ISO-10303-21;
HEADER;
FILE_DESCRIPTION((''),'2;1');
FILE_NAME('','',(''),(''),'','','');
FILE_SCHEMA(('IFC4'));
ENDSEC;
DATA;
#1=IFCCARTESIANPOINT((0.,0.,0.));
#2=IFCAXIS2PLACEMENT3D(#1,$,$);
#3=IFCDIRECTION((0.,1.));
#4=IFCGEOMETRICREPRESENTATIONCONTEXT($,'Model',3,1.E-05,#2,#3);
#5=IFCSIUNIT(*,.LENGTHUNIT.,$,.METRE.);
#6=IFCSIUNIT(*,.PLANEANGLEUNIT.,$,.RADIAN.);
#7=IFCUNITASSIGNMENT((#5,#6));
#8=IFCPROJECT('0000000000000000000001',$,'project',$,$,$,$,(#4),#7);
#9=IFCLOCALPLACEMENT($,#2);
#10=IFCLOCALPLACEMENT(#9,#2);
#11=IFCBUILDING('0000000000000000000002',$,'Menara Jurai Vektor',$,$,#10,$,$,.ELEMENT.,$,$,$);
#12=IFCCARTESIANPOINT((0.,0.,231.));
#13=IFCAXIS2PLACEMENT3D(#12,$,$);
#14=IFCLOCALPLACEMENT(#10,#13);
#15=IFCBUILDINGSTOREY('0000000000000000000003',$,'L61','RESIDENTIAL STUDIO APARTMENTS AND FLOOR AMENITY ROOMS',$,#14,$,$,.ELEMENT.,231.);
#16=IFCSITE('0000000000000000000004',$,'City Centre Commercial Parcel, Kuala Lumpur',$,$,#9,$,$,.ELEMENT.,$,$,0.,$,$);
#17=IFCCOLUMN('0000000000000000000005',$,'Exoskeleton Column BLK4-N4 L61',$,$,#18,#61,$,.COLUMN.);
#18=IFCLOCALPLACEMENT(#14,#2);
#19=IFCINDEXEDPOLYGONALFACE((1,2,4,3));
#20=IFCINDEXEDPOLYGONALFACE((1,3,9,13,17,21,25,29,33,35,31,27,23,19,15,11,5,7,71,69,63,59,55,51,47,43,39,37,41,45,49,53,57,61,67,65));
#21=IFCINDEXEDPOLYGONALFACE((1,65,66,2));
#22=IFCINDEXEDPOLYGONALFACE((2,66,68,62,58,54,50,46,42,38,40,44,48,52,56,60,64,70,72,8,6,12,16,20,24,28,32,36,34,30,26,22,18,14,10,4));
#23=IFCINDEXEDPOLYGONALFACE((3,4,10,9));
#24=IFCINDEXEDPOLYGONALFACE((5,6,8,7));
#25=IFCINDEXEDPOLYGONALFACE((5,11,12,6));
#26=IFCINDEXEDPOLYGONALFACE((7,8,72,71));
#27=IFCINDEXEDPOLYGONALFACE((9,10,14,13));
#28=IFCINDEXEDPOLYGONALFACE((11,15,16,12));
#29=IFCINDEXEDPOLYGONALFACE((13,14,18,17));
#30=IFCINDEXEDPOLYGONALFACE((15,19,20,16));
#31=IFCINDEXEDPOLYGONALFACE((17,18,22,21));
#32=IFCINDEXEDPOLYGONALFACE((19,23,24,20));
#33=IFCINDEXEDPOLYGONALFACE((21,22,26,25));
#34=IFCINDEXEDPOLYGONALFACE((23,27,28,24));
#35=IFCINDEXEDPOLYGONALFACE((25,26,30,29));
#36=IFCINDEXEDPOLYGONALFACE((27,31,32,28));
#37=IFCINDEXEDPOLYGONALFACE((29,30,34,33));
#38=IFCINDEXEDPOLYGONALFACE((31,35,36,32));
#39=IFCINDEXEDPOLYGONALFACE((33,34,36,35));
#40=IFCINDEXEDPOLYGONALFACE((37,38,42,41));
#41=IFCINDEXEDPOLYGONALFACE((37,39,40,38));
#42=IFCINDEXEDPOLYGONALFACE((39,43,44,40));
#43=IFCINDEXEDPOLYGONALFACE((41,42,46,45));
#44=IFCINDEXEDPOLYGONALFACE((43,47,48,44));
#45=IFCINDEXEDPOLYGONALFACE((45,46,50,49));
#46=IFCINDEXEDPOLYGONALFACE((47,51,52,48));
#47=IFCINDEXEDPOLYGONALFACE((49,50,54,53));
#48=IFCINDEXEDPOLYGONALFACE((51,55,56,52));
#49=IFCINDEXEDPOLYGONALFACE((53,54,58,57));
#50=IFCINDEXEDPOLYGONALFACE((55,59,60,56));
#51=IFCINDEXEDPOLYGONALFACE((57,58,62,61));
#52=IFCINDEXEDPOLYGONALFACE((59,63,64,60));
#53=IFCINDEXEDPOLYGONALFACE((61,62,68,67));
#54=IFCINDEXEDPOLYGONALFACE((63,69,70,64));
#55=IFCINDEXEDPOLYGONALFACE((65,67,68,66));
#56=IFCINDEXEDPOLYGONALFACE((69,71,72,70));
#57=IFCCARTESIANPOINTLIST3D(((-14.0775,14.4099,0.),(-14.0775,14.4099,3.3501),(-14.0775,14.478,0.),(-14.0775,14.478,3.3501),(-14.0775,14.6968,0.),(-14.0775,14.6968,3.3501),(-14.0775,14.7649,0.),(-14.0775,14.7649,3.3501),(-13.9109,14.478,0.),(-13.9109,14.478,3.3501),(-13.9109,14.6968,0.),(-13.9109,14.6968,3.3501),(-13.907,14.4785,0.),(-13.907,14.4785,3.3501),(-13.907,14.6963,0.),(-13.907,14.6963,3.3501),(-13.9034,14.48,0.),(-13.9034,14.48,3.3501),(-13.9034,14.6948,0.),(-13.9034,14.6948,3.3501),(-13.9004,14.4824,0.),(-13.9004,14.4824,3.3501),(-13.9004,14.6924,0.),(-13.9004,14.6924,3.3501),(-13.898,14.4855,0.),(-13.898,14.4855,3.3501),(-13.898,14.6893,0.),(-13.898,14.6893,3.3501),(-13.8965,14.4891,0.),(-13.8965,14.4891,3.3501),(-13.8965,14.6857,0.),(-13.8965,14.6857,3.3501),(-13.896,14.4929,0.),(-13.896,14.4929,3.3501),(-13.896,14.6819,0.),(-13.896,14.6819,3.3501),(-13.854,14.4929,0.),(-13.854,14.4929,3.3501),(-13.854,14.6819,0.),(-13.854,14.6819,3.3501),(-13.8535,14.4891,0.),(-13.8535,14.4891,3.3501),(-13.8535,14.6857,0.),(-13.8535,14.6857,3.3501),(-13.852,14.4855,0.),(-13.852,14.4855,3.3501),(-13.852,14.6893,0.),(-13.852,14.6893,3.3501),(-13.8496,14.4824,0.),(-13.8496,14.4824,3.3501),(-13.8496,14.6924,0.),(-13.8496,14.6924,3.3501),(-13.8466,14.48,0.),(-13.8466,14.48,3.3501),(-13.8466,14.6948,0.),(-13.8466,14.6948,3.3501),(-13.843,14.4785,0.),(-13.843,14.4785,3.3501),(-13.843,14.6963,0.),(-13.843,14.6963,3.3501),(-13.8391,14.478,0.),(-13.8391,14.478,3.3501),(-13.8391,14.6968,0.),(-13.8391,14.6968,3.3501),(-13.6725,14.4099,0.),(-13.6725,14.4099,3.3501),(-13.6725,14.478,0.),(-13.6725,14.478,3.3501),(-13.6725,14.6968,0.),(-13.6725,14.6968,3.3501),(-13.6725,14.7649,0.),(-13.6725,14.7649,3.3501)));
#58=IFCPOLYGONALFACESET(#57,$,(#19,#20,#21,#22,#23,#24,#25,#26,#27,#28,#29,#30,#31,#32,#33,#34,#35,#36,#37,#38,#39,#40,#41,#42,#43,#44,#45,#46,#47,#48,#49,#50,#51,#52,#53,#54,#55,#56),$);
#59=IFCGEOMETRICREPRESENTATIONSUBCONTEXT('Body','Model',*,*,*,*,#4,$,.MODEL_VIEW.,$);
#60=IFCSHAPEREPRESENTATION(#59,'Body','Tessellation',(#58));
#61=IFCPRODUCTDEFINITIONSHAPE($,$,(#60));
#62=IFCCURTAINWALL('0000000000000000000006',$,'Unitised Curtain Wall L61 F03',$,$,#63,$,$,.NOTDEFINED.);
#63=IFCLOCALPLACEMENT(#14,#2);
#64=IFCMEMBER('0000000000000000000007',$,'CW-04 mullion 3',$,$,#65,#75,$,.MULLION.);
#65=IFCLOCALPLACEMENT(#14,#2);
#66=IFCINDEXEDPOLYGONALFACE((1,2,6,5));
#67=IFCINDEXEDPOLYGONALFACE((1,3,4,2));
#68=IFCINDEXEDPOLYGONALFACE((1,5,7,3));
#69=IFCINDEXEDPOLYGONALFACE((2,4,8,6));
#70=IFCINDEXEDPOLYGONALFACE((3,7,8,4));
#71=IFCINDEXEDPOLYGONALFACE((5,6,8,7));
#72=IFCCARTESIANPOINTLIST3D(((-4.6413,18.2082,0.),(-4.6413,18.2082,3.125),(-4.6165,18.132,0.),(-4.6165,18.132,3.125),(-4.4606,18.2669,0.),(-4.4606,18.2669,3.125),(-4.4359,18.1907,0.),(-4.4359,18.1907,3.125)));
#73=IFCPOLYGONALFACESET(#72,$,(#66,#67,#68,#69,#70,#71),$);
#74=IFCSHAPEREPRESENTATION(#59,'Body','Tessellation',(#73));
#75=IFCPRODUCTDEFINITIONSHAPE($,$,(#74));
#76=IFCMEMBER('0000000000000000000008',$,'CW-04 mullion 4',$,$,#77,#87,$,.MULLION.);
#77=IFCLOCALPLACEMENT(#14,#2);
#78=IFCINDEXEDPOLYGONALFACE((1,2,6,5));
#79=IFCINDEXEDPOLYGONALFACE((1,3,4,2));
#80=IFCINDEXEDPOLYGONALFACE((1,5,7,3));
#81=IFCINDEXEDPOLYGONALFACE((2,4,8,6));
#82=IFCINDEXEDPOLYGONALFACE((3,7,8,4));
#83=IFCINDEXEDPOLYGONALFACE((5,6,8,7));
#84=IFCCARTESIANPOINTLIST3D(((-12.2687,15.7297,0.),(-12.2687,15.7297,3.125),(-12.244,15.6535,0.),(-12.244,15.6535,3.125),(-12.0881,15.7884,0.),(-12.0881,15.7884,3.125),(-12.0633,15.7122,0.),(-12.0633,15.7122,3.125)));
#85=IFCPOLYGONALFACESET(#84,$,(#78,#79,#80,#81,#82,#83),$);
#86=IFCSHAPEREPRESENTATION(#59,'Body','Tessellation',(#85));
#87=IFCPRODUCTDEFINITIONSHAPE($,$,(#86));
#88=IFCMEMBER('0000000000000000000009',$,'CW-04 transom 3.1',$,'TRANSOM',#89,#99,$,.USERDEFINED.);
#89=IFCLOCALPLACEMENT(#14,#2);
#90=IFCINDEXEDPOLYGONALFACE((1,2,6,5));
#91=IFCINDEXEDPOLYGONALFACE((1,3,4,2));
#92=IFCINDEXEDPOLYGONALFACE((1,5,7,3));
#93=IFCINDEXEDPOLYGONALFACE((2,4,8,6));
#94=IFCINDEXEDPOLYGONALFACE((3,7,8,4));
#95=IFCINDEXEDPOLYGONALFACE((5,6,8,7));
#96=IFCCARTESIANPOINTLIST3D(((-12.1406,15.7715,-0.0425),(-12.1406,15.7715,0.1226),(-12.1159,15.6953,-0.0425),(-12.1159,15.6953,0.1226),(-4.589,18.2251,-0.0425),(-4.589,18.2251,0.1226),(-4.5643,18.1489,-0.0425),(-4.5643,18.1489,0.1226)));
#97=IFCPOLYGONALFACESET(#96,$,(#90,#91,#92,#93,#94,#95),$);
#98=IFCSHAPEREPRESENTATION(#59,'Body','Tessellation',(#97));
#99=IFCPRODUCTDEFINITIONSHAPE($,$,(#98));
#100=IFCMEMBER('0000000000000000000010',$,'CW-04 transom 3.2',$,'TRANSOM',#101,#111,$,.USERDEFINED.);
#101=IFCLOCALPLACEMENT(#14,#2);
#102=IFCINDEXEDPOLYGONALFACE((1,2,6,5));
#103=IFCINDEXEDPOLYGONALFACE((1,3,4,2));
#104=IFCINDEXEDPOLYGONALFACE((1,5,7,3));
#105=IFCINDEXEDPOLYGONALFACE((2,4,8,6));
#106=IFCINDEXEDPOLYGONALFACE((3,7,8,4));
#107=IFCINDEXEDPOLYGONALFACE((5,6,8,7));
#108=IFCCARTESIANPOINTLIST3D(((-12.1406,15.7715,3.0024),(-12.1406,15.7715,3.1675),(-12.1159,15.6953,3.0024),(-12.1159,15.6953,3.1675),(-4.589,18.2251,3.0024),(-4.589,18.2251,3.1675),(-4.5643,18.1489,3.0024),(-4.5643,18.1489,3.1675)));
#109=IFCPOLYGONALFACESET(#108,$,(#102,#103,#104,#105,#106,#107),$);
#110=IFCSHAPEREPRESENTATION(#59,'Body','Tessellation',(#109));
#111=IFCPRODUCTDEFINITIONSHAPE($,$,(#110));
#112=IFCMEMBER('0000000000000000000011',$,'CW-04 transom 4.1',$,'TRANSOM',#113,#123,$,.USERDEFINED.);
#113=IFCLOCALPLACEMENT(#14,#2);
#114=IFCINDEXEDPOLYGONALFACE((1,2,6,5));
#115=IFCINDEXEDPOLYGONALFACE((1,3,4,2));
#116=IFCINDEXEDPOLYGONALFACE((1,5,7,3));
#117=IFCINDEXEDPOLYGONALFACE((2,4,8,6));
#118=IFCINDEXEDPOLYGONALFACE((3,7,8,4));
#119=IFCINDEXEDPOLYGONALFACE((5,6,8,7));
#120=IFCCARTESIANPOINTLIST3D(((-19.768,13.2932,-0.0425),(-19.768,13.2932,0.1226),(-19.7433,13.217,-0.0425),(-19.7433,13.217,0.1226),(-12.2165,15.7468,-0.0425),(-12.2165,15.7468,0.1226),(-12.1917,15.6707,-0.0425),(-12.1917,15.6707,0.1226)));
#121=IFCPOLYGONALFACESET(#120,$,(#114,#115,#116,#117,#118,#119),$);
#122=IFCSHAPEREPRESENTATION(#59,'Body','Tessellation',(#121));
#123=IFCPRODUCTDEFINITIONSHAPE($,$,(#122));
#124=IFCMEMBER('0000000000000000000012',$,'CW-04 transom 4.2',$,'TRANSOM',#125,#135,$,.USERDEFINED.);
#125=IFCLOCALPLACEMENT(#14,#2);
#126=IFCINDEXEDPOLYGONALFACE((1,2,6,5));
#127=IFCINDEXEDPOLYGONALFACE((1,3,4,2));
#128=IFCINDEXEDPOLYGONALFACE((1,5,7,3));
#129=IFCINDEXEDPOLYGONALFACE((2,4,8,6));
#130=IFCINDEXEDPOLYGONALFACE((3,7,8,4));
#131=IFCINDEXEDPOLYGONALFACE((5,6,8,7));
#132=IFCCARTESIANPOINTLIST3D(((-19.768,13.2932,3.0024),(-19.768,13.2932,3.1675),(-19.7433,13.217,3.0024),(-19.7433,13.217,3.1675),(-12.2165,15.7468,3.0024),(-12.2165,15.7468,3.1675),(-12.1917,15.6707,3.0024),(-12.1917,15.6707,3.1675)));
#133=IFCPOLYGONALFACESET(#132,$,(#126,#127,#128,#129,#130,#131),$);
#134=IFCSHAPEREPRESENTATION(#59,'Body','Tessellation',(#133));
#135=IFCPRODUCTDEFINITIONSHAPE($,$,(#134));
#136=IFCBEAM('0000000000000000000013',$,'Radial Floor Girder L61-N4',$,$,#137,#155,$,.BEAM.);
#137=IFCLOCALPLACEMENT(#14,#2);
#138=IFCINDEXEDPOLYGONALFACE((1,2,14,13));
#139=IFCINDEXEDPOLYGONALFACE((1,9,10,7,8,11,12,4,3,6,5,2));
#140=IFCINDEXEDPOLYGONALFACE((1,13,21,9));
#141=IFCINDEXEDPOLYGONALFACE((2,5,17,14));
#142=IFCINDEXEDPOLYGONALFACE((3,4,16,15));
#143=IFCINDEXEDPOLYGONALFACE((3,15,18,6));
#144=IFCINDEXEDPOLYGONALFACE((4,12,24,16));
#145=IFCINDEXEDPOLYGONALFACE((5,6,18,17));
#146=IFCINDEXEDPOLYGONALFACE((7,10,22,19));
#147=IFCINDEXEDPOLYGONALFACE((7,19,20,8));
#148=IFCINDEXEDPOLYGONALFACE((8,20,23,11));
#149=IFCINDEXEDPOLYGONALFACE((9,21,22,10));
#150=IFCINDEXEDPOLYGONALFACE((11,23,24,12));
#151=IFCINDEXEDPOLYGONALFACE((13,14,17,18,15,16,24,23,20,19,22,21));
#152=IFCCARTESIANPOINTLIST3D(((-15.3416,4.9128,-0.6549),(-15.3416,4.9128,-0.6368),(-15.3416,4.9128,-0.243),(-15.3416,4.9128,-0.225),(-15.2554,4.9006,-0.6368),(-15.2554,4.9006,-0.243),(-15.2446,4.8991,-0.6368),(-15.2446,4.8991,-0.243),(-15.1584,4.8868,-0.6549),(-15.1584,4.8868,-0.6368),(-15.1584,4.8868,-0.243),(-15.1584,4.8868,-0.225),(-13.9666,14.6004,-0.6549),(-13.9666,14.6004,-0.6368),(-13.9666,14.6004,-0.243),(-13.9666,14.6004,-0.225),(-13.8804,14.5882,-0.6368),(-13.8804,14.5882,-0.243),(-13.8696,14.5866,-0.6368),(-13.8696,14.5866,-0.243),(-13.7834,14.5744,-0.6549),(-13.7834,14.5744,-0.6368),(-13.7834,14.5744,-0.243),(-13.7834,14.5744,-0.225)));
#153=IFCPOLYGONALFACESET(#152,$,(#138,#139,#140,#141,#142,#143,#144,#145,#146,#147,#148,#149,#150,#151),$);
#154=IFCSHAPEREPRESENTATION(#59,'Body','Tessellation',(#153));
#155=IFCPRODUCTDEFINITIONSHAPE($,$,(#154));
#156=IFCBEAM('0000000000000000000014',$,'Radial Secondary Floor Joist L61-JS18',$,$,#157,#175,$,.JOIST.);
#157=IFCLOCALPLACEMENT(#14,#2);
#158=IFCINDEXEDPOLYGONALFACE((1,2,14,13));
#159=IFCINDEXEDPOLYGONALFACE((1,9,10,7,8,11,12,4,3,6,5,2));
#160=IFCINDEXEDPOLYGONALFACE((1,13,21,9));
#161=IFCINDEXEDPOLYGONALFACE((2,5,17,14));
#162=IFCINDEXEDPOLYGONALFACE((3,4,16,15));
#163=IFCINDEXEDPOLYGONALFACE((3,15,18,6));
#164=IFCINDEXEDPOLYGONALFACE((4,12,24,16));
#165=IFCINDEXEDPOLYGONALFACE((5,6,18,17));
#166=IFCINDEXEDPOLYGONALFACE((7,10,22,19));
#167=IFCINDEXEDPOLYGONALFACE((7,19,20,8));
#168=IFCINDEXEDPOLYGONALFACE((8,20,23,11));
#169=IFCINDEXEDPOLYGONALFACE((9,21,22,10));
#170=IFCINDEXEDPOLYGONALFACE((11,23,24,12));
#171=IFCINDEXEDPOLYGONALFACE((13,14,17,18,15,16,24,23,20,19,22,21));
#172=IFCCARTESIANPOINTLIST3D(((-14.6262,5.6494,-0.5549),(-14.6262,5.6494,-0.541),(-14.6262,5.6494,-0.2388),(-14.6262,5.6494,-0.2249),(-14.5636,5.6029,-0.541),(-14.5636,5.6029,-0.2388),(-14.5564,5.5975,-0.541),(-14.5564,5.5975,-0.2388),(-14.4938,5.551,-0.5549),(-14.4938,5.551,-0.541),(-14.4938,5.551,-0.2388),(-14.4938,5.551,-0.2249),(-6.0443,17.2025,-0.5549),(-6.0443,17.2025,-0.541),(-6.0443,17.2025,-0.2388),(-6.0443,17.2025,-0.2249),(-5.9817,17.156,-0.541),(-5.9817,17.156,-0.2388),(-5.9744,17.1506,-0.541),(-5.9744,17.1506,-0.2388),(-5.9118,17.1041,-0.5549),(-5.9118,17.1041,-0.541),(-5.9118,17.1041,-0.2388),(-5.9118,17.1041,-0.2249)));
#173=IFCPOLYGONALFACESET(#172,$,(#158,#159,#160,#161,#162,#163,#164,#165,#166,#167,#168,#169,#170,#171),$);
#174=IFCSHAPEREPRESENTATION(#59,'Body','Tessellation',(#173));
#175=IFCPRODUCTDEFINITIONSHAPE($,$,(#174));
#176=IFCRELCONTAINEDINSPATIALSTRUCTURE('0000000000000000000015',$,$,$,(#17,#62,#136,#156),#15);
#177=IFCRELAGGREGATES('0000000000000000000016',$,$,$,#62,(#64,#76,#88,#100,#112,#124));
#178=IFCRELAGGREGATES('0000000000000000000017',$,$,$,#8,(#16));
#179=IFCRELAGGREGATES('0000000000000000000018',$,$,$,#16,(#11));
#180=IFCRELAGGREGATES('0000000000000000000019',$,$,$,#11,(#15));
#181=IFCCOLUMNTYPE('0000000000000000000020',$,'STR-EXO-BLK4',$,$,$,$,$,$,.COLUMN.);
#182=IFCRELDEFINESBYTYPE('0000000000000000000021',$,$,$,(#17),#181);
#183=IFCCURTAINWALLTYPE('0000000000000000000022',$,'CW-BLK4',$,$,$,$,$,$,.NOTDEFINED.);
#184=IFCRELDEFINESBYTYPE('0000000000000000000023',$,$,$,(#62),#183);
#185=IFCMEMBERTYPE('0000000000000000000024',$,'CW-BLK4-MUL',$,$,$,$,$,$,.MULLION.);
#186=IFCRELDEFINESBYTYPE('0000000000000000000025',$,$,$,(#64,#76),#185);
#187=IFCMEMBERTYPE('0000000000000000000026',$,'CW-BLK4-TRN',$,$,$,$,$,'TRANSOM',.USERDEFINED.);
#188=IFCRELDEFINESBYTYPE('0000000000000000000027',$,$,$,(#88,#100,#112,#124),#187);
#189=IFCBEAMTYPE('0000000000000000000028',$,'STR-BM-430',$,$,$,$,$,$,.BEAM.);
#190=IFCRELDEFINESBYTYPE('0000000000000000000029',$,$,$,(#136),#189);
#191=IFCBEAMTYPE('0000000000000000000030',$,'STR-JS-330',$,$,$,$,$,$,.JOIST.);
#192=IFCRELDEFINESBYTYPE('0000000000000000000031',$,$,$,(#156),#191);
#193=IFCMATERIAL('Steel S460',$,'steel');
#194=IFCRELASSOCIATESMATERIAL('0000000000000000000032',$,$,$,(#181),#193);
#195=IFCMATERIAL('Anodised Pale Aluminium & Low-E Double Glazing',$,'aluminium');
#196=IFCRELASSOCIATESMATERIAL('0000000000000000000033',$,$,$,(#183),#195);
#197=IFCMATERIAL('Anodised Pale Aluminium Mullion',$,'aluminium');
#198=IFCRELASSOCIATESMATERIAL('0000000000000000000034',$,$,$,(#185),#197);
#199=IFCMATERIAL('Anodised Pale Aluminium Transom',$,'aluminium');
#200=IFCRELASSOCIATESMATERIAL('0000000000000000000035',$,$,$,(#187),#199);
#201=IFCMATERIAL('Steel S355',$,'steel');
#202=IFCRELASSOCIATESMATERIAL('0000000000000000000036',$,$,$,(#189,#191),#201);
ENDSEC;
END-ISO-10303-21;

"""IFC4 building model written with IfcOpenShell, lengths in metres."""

from ifc_helpers import new_model, si_unit, direction, frame, origin, origin_2d, place, context, subcontext, project, spatial, rectangle, i_section, extrude, material, material_profile, profile_set, type_object, element, aggregate, save


model = new_model("IFC4")

# Units and contexts
model_context = context("Model", 3, precision=1e-05, world=origin(), true_north=direction((0.0, 1.0)))
body_context = subcontext(model_context, "Body", "Model", "MODEL_VIEW")
ifc_project = project(units=[si_unit("LENGTHUNIT", "METRE"), si_unit("PLANEANGLEUNIT", "RADIAN")], contexts=[model_context])

# Site, building, storey
site_placement = place(None, origin())
site = spatial("IfcSite", under=ifc_project, at=site_placement, Name="City Centre Commercial Parcel, Kuala Lumpur", CompositionType="ELEMENT", RefElevation=0.0)
building_placement = place(site_placement, origin())
building = spatial("IfcBuilding", under=site, at=building_placement, Name="Menara Jurai Vektor", CompositionType="ELEMENT")
storey_placement = place(building_placement, frame((0.0, 0.0, 231.0)))
storey = spatial("IfcBuildingStorey", under=building, at=storey_placement, Name="L61", Description="RESIDENTIAL STUDIO APARTMENTS AND FLOOR AMENITY ROOMS", CompositionType="ELEMENT", Elevation=231.0)

# Column
ifc_material_1 = material(Name="Steel S460", Category="steel")
ifc_material_profile_1 = material_profile(ifc_material_1, i_section(OverallWidth=0.405, OverallDepth=0.355, WebThickness=0.042, FlangeThickness=0.0681, FilletRadius=0.0149, at=origin_2d()), Name="HD 400x551")
ifc_profile_set_1 = profile_set([ifc_material_profile_1], Name="Steel S460")
column_type = type_object("IfcColumnType", Name="STR-EXO-BLK4", PredefinedType="COLUMN", material=ifc_profile_set_1)
column_placement = place(storey_placement, frame((-13.875, 14.5874, 0.0), z_axis=(0.0, 0.0, 1.0), x_axis=(1.0, 0.0, 0.0)))
element("IfcColumn", 1, at=column_placement, inside=storey, type_object=column_type, Name="Exoskeleton Column BLK4-N4 L61", PredefinedType="COLUMN", context=body_context, shape_type="SweptSolid", body=[
    extrude(i_section(OverallWidth=0.405, OverallDepth=0.355, WebThickness=0.042, FlangeThickness=0.0681, FilletRadius=0.0149, at=origin_2d()), origin(), (0.0, 0.0, 1.0), 3.3501),
])

# Curtain wall, members
ifc_material_2 = material(Name="Anodised Pale Aluminium & Low-E Double Glazing", Category="aluminium")
curtain_wall_type = type_object("IfcCurtainWallType", Name="CW-BLK4", PredefinedType="NOTDEFINED", material=ifc_material_2)
curtain_wall_placement = place(storey_placement, origin())
curtain_wall = element("IfcCurtainWall", 2, at=curtain_wall_placement, inside=storey, type_object=curtain_wall_type, Name="Unitised Curtain Wall L61 F03", PredefinedType="NOTDEFINED")
ifc_material_3 = material(Name="Anodised Pale Aluminium Mullion", Category="aluminium")
ifc_material_profile_2 = material_profile(ifc_material_3, rectangle(XDim=0.0801, YDim=0.1899, at=origin_2d()), Name="ALU MUL 80x190")
ifc_profile_set_2 = profile_set([ifc_material_profile_2], Name="Anodised Pale Aluminium Mullion")
member_type_1 = type_object("IfcMemberType", Name="CW-BLK4-MUL", PredefinedType="MULLION", material=ifc_profile_set_2)
member_1_placement = place(storey_placement, frame((-4.5386, 18.1995, 0.0), z_axis=(0.0, 0.0, 1.0), x_axis=(0.309017, -0.951056, 0.0)))
member_1 = element("IfcMember", 3, at=member_1_placement, type_object=member_type_1, Name="CW-04 mullion 3", PredefinedType="MULLION", context=body_context, shape_type="SweptSolid", body=[
    extrude(rectangle(XDim=0.0801, YDim=0.1899, at=origin_2d()), origin(), (0.0, 0.0, 1.0), 3.125),
])
member_2_placement = place(storey_placement, frame((-12.166, 15.7209, 0.0), z_axis=(0.0, 0.0, 1.0), x_axis=(0.309017, -0.951056, 0.0)))
member_2 = element("IfcMember", 4, at=member_2_placement, type_object=member_type_1, Name="CW-04 mullion 4", PredefinedType="MULLION", context=body_context, shape_type="SweptSolid", body=[
    extrude(rectangle(XDim=0.0801, YDim=0.1899, at=origin_2d()), origin(), (0.0, 0.0, 1.0), 3.125),
])
ifc_material_4 = material(Name="Anodised Pale Aluminium Transom", Category="aluminium")
ifc_material_profile_3 = material_profile(ifc_material_4, rectangle(XDim=0.0801, YDim=0.165, at=origin_2d()), Name="ALU TRN 80x165")
ifc_profile_set_3 = profile_set([ifc_material_profile_3], Name="Anodised Pale Aluminium Transom")
member_type_2 = type_object("IfcMemberType", Name="CW-BLK4-TRN", ElementType="TRANSOM", PredefinedType="USERDEFINED", material=ifc_profile_set_3)
member_3_placement = place(storey_placement, frame((-4.5767, 18.187, 0.04), z_axis=(-0.951057, -0.309014, 0.0), x_axis=(0.309014, -0.951057, 0.0)))
member_3 = element("IfcMember", 5, at=member_3_placement, type_object=member_type_2, Name="CW-04 transom 3.1", ObjectType="TRANSOM", PredefinedType="USERDEFINED", context=body_context, shape_type="SweptSolid", body=[
    extrude(rectangle(XDim=0.0801, YDim=0.165, at=origin_2d()), origin(), (0.0, 0.0, 1.0), 7.9402),
])
member_4_placement = place(storey_placement, frame((-4.5767, 18.187, 3.085), z_axis=(-0.951057, -0.309014, 0.0), x_axis=(0.309014, -0.951057, 0.0)))
member_4 = element("IfcMember", 6, at=member_4_placement, type_object=member_type_2, Name="CW-04 transom 3.2", ObjectType="TRANSOM", PredefinedType="USERDEFINED", context=body_context, shape_type="SweptSolid", body=[
    extrude(rectangle(XDim=0.0801, YDim=0.165, at=origin_2d()), origin(), (0.0, 0.0, 1.0), 7.9402),
])
member_5_placement = place(storey_placement, frame((-12.2041, 15.7087, 0.04), z_axis=(-0.951057, -0.309014, 0.0), x_axis=(0.309014, -0.951057, 0.0)))
member_5 = element("IfcMember", 7, at=member_5_placement, type_object=member_type_2, Name="CW-04 transom 4.1", ObjectType="TRANSOM", PredefinedType="USERDEFINED", context=body_context, shape_type="SweptSolid", body=[
    extrude(rectangle(XDim=0.0801, YDim=0.165, at=origin_2d()), origin(), (0.0, 0.0, 1.0), 7.9402),
])
member_6_placement = place(storey_placement, frame((-12.2041, 15.7087, 3.085), z_axis=(-0.951057, -0.309014, 0.0), x_axis=(0.309014, -0.951057, 0.0)))
member_6 = element("IfcMember", 8, at=member_6_placement, type_object=member_type_2, Name="CW-04 transom 4.2", ObjectType="TRANSOM", PredefinedType="USERDEFINED", context=body_context, shape_type="SweptSolid", body=[
    extrude(rectangle(XDim=0.0801, YDim=0.165, at=origin_2d()), origin(), (0.0, 0.0, 1.0), 7.9402),
])

# Beams
ifc_material_5 = material(Name="Steel S355", Category="steel")
ifc_material_profile_4 = material_profile(ifc_material_5, i_section(OverallWidth=0.1851, OverallDepth=0.4299, WebThickness=0.011, FlangeThickness=0.0181, at=origin_2d()), Name="PG 430x185x76")
ifc_profile_set_4 = profile_set([ifc_material_profile_4], Name="Steel S355")
beam_type_1 = type_object("IfcBeamType", Name="STR-BM-430", PredefinedType="BEAM", material=ifc_profile_set_4)
beam_1_placement = place(storey_placement, frame((-13.875, 14.5874, -0.4399), z_axis=(-0.140527, -0.990077, 0.0), x_axis=(0.990077, -0.140527, 0.0)))
element("IfcBeam", 9, at=beam_1_placement, inside=storey, type_object=beam_type_1, Name="Radial Floor Girder L61-N4", PredefinedType="BEAM", context=body_context, shape_type="SweptSolid", body=[
    extrude(i_section(OverallWidth=0.1851, OverallDepth=0.4299, WebThickness=0.011, FlangeThickness=0.0181, at=origin_2d()), origin(), (0.0, 0.0, 1.0), 9.7847),
])
ifc_material_profile_5 = material_profile(ifc_material_5, i_section(OverallWidth=0.165, OverallDepth=0.3301, WebThickness=0.009, FlangeThickness=0.0139, at=origin_2d()), Name="PG 330x165x46")
ifc_profile_set_5 = profile_set([ifc_material_profile_5], Name="Steel S355")
beam_type_2 = type_object("IfcBeamType", Name="STR-JS-330", PredefinedType="JOIST", material=ifc_profile_set_5)
beam_2_placement = place(storey_placement, frame((-5.978, 17.1533, -0.3899), z_axis=(-0.596308, -0.802756, 0.0), x_axis=(0.802756, -0.596308, 0.0)))
element("IfcBeam", 10, at=beam_2_placement, inside=storey, type_object=beam_type_2, Name="Radial Secondary Floor Joist L61-JS18", PredefinedType="JOIST", context=body_context, shape_type="SweptSolid", body=[
    extrude(i_section(OverallWidth=0.165, OverallDepth=0.3301, WebThickness=0.009, FlangeThickness=0.0139, at=origin_2d()), origin(), (0.0, 0.0, 1.0), 14.3918),
])

aggregate(curtain_wall, [member_1, member_2, member_3, member_4, member_5, member_6])

save(model, "model.ifc")
